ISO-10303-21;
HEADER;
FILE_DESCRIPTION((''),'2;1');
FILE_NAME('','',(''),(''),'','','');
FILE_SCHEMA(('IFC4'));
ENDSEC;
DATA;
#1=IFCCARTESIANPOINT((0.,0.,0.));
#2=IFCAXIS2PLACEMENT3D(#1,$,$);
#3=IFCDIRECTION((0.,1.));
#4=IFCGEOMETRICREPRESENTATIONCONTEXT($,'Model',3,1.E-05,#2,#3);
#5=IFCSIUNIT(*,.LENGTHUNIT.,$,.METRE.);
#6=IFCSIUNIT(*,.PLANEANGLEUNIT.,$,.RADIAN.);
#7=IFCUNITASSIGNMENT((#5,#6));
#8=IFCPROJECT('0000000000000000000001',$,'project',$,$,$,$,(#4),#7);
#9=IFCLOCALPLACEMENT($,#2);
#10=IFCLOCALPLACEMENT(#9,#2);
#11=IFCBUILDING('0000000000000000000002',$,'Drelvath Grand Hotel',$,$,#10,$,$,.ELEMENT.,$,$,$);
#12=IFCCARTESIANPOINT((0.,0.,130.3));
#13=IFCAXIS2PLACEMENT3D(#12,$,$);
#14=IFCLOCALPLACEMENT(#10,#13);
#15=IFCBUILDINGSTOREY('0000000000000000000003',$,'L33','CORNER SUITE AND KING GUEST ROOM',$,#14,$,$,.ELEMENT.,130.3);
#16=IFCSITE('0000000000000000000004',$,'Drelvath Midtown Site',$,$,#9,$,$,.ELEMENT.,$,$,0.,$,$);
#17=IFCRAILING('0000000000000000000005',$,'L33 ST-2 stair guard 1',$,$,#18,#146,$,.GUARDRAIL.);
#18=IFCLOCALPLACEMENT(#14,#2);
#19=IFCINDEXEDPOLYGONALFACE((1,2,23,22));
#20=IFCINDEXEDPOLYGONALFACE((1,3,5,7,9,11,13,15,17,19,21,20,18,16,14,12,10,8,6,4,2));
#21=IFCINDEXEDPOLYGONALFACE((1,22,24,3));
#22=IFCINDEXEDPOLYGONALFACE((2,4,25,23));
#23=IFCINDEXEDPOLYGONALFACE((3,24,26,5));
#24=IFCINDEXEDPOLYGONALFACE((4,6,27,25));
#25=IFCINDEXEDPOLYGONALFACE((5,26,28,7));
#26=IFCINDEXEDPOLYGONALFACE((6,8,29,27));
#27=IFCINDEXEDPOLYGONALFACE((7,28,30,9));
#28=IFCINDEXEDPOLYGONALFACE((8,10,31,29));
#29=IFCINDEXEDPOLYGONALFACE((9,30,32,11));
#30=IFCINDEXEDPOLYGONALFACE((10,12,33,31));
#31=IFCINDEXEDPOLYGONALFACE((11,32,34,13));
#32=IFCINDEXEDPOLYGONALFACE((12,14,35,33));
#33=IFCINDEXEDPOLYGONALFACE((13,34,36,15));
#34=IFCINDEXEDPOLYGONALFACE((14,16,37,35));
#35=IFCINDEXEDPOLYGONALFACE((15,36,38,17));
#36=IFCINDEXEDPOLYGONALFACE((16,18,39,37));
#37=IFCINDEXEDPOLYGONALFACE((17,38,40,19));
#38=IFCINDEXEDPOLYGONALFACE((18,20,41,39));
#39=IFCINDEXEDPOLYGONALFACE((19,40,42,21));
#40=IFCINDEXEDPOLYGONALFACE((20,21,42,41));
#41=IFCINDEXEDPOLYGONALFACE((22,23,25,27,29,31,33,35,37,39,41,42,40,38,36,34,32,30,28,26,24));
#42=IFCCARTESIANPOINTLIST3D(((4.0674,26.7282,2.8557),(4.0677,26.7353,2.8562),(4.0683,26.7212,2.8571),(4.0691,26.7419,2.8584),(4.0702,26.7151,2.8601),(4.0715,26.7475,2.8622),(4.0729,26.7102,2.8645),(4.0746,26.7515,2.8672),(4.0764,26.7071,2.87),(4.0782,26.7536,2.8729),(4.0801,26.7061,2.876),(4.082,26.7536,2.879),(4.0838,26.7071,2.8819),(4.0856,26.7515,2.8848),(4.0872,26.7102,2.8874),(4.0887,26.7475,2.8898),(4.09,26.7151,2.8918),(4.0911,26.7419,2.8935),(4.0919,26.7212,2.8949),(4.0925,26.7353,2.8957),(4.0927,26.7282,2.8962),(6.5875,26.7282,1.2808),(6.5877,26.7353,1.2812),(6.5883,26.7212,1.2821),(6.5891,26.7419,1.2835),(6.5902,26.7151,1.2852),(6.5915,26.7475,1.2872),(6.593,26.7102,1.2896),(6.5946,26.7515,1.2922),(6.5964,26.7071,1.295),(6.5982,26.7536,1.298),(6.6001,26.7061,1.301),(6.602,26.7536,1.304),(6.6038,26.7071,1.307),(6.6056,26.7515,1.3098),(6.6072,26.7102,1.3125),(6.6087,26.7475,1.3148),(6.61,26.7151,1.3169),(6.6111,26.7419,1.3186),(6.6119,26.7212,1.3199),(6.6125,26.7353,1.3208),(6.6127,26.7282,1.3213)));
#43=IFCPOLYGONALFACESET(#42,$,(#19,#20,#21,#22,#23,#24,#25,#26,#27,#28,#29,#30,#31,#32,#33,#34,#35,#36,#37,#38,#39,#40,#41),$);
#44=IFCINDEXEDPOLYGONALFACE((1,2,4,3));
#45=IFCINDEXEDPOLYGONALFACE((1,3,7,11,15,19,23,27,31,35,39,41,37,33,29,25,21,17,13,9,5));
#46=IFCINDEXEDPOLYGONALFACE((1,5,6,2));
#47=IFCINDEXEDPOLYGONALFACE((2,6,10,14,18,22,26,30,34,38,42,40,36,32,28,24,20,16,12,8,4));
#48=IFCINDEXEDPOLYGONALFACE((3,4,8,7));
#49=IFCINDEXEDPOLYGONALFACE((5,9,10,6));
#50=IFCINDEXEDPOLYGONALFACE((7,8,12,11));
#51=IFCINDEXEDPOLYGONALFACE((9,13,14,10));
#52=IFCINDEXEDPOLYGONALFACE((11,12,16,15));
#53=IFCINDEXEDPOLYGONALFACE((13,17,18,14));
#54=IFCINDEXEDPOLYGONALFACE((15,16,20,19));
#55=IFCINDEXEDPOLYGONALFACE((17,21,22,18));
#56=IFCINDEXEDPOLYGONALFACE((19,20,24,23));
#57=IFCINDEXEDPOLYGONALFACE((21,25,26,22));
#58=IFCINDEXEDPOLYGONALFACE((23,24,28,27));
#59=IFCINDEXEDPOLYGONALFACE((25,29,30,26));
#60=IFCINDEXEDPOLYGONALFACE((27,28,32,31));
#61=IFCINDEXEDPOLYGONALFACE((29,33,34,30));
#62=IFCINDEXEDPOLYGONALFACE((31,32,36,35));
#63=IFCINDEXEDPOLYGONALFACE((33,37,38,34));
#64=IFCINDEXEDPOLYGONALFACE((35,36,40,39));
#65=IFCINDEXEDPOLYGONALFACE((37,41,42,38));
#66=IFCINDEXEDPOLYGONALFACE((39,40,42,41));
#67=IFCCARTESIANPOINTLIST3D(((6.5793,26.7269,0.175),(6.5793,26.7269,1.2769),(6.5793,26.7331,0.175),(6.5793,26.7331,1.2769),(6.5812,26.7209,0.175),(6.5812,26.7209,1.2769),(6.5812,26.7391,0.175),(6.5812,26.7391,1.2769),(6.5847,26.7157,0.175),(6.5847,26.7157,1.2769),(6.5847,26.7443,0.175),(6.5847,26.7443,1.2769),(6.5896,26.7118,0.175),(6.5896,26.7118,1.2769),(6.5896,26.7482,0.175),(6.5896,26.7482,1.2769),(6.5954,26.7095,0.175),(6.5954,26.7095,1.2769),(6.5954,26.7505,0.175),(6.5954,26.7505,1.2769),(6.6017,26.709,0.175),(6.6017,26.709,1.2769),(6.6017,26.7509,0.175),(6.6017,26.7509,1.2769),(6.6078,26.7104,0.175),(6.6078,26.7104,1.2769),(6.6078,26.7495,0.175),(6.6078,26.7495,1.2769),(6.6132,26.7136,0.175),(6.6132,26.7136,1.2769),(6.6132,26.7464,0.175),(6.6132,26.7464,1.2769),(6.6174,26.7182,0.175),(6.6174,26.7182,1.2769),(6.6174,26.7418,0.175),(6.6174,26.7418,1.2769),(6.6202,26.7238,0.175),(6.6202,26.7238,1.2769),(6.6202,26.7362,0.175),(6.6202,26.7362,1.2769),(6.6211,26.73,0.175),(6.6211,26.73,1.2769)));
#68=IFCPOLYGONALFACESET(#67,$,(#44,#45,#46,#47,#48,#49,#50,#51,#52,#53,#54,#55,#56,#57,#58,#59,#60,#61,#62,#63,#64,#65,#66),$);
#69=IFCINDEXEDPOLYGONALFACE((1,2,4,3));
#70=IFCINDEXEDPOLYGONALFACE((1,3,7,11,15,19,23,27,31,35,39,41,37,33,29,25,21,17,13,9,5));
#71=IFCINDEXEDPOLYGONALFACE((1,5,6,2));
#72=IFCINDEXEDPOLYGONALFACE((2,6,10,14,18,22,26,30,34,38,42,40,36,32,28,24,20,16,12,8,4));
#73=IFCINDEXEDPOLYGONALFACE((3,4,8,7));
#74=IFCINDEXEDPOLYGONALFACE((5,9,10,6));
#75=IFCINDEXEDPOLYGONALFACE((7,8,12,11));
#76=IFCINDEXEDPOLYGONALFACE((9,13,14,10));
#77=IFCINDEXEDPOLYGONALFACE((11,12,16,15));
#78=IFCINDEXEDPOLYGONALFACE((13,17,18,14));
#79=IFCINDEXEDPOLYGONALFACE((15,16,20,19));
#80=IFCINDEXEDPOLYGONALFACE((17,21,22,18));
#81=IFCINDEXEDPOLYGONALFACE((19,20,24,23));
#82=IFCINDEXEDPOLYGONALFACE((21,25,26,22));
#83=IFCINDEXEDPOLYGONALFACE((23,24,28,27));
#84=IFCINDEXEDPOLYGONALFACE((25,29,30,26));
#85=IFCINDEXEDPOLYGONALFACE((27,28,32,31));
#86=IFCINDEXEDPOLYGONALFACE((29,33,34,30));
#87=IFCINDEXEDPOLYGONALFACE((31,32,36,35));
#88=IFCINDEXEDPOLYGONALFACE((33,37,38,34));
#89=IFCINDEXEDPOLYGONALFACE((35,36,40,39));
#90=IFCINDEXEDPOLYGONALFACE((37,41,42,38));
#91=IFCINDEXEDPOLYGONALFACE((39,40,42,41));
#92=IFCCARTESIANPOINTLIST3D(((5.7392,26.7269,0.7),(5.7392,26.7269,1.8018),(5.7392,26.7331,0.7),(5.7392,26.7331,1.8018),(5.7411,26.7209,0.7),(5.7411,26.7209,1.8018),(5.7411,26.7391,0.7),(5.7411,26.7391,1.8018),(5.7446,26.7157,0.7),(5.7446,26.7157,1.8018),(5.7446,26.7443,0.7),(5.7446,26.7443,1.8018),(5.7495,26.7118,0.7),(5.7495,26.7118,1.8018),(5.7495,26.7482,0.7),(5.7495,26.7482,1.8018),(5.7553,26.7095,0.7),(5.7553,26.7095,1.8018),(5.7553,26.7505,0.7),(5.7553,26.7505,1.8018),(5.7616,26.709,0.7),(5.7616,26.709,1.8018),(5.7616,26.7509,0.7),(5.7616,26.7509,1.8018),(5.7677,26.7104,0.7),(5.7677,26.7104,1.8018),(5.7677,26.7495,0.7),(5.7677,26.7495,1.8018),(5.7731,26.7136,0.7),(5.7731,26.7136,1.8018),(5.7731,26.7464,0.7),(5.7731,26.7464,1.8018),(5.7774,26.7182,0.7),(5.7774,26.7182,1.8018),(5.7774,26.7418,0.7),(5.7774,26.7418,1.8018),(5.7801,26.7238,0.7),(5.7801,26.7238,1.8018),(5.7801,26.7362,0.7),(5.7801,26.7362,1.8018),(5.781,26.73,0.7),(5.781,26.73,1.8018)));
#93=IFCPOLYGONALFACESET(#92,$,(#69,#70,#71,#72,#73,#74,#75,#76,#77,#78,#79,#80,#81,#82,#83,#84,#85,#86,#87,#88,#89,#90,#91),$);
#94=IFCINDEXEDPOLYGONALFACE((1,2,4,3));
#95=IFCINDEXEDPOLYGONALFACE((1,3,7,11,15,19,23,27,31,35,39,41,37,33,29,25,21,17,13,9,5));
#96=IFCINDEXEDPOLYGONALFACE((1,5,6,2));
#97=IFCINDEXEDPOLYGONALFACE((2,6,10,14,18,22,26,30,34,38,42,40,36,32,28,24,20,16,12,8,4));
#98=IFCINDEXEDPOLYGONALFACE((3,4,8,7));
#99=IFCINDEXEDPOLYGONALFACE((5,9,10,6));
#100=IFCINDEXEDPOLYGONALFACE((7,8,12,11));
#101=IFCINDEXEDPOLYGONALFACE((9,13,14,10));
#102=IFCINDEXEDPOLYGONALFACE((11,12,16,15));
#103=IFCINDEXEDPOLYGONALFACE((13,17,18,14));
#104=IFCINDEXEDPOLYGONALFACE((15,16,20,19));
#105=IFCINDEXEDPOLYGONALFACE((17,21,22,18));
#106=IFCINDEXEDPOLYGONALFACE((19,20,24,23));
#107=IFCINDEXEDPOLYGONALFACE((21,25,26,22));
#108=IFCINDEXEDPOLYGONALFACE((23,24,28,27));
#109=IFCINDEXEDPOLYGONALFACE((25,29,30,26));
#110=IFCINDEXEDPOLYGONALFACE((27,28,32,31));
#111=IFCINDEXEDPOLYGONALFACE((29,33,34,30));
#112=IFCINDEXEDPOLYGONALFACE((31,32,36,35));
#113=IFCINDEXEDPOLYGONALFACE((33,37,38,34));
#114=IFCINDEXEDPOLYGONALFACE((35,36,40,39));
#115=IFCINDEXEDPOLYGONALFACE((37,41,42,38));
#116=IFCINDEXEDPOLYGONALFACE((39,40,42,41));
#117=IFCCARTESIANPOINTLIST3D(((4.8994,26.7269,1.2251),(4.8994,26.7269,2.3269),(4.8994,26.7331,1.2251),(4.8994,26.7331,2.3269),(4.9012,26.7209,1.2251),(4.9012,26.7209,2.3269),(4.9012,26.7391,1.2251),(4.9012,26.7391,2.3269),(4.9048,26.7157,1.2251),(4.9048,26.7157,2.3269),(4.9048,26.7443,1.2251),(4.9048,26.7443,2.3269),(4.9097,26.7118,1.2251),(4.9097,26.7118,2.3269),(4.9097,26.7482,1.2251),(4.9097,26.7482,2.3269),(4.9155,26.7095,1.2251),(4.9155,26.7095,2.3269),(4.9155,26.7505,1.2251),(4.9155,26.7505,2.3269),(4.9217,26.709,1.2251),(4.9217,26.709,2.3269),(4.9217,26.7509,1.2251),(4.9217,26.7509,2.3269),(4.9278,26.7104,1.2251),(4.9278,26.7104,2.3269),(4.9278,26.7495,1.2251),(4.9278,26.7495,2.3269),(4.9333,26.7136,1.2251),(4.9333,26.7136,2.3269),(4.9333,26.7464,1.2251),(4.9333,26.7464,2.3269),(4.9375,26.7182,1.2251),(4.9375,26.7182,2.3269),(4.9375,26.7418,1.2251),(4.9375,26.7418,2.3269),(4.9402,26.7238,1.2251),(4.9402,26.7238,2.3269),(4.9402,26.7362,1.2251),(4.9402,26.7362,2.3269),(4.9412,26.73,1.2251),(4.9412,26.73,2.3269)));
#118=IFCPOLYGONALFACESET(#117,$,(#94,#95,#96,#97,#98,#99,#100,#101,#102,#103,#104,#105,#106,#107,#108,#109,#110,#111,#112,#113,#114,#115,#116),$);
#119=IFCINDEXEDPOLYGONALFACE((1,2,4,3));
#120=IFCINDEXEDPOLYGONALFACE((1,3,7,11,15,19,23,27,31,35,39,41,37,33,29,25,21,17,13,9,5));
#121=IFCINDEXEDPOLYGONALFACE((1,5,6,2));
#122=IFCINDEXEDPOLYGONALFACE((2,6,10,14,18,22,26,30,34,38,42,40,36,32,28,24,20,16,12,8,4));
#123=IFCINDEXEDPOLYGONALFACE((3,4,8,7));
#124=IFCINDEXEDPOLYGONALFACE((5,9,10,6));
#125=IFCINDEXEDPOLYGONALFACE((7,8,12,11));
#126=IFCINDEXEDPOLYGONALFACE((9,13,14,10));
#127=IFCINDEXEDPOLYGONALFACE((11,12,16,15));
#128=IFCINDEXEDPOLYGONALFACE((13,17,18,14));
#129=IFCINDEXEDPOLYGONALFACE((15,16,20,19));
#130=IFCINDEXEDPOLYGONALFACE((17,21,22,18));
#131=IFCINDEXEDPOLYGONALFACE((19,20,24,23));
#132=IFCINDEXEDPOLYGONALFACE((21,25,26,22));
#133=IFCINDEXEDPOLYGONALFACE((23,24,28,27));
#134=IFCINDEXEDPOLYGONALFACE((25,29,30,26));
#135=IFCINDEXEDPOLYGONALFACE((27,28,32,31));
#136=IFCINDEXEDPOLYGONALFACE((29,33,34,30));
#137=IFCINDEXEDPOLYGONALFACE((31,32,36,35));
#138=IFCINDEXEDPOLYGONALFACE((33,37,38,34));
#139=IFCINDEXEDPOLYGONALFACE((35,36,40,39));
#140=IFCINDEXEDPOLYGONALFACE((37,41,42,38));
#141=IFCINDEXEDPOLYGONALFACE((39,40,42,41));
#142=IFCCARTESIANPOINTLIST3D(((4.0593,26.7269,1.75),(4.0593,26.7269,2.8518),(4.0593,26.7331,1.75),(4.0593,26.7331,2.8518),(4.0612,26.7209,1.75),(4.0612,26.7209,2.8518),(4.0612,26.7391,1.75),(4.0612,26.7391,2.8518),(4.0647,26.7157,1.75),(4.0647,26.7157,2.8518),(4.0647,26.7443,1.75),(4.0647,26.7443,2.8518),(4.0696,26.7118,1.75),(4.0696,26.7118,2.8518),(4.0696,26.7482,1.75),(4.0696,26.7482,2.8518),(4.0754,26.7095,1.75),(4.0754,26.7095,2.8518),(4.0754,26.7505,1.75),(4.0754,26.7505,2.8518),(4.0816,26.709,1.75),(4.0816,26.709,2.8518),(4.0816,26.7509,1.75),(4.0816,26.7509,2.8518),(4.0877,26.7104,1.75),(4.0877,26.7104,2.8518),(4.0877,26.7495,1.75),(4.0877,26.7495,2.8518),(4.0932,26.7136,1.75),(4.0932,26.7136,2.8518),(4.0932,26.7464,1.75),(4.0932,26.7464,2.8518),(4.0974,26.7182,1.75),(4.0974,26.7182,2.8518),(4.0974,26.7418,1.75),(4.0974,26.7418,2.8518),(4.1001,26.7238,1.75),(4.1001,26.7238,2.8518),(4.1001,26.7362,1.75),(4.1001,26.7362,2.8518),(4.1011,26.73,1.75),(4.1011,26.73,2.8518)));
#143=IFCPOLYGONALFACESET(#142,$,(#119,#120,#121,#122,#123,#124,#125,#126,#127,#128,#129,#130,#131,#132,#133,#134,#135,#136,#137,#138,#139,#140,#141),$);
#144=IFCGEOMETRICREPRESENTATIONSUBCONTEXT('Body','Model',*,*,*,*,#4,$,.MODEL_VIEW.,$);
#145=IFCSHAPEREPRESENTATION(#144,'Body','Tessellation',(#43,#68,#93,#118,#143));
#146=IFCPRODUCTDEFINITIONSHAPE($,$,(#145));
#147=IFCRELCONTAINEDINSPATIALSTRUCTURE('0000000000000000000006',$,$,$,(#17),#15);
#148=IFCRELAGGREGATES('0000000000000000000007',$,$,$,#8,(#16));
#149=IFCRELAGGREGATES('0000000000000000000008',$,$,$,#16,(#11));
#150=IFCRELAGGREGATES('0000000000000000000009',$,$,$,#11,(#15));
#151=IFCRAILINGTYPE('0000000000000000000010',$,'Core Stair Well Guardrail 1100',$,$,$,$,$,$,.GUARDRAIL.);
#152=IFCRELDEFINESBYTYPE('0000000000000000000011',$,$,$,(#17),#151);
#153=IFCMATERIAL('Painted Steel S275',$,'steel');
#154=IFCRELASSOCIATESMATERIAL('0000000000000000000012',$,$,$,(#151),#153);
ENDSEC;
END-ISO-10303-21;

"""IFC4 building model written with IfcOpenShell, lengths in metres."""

from ifc_helpers import new_model, si_unit, direction, frame, origin, origin_2d, place, context, subcontext, project, spatial, circle, extrude, material, type_object, element, save


model = new_model("IFC4")

# Units and contexts
model_context = context("Model", 3, precision=1e-05, world=origin(), true_north=direction((0.0, 1.0)))
body_context = subcontext(model_context, "Body", "Model", "MODEL_VIEW")
ifc_project = project(units=[si_unit("LENGTHUNIT", "METRE"), si_unit("PLANEANGLEUNIT", "RADIAN")], contexts=[model_context])

# Site, building, storey
site_placement = place(None, origin())
site = spatial("IfcSite", under=ifc_project, at=site_placement, Name="Drelvath Midtown Site", CompositionType="ELEMENT", RefElevation=0.0)
building_placement = place(site_placement, origin())
building = spatial("IfcBuilding", under=site, at=building_placement, Name="Drelvath Grand Hotel", CompositionType="ELEMENT")
storey_placement = place(building_placement, frame((0.0, 0.0, 130.3)))
storey = spatial("IfcBuildingStorey", under=building, at=storey_placement, Name="L33", Description="CORNER SUITE AND KING GUEST ROOM", CompositionType="ELEMENT", Elevation=130.3)

# Shared definitions
ifc_material_1 = material(Name="Painted Steel S275", Category="steel")

# Railing
railing_type_1 = type_object("IfcRailingType", Name="Core Stair Well Guardrail 1100", PredefinedType="GUARDRAIL", material=ifc_material_1)
railing_1_placement = place(storey_placement, frame((6.6001, 26.73, 0.175)))
element("IfcRailing", 1, at=railing_1_placement, inside=storey, type_object=railing_type_1, Name="L33 ST-2 stair guard 1", PredefinedType="GUARDRAIL", context=body_context, shape_type="SweptSolid", body=[
    extrude(circle(Radius=0.0239, at=origin_2d()), frame((0.0, 0.0, 1.126), z_axis=(-0.848008, 0.0, 0.529984), x_axis=(0.0, -1.0, 0.0)), (0.0, 0.0, 1.0), 2.9717),
    extrude(circle(Radius=0.021, at=origin_2d()), origin(), (0.0, 0.0, 1.0), 1.1018),
    extrude(circle(Radius=0.021, at=origin_2d()), frame((-0.8401, 0.0, 0.5249)), (0.0, 0.0, 1.0), 1.1018),
    extrude(circle(Radius=0.021, at=origin_2d()), frame((-1.6799, 0.0, 1.05)), (0.0, 0.0, 1.0), 1.1018),
    extrude(circle(Radius=0.021, at=origin_2d()), frame((-2.52, 0.0, 1.575)), (0.0, 0.0, 1.0), 1.1018),
])

save(model, "model.ifc")
